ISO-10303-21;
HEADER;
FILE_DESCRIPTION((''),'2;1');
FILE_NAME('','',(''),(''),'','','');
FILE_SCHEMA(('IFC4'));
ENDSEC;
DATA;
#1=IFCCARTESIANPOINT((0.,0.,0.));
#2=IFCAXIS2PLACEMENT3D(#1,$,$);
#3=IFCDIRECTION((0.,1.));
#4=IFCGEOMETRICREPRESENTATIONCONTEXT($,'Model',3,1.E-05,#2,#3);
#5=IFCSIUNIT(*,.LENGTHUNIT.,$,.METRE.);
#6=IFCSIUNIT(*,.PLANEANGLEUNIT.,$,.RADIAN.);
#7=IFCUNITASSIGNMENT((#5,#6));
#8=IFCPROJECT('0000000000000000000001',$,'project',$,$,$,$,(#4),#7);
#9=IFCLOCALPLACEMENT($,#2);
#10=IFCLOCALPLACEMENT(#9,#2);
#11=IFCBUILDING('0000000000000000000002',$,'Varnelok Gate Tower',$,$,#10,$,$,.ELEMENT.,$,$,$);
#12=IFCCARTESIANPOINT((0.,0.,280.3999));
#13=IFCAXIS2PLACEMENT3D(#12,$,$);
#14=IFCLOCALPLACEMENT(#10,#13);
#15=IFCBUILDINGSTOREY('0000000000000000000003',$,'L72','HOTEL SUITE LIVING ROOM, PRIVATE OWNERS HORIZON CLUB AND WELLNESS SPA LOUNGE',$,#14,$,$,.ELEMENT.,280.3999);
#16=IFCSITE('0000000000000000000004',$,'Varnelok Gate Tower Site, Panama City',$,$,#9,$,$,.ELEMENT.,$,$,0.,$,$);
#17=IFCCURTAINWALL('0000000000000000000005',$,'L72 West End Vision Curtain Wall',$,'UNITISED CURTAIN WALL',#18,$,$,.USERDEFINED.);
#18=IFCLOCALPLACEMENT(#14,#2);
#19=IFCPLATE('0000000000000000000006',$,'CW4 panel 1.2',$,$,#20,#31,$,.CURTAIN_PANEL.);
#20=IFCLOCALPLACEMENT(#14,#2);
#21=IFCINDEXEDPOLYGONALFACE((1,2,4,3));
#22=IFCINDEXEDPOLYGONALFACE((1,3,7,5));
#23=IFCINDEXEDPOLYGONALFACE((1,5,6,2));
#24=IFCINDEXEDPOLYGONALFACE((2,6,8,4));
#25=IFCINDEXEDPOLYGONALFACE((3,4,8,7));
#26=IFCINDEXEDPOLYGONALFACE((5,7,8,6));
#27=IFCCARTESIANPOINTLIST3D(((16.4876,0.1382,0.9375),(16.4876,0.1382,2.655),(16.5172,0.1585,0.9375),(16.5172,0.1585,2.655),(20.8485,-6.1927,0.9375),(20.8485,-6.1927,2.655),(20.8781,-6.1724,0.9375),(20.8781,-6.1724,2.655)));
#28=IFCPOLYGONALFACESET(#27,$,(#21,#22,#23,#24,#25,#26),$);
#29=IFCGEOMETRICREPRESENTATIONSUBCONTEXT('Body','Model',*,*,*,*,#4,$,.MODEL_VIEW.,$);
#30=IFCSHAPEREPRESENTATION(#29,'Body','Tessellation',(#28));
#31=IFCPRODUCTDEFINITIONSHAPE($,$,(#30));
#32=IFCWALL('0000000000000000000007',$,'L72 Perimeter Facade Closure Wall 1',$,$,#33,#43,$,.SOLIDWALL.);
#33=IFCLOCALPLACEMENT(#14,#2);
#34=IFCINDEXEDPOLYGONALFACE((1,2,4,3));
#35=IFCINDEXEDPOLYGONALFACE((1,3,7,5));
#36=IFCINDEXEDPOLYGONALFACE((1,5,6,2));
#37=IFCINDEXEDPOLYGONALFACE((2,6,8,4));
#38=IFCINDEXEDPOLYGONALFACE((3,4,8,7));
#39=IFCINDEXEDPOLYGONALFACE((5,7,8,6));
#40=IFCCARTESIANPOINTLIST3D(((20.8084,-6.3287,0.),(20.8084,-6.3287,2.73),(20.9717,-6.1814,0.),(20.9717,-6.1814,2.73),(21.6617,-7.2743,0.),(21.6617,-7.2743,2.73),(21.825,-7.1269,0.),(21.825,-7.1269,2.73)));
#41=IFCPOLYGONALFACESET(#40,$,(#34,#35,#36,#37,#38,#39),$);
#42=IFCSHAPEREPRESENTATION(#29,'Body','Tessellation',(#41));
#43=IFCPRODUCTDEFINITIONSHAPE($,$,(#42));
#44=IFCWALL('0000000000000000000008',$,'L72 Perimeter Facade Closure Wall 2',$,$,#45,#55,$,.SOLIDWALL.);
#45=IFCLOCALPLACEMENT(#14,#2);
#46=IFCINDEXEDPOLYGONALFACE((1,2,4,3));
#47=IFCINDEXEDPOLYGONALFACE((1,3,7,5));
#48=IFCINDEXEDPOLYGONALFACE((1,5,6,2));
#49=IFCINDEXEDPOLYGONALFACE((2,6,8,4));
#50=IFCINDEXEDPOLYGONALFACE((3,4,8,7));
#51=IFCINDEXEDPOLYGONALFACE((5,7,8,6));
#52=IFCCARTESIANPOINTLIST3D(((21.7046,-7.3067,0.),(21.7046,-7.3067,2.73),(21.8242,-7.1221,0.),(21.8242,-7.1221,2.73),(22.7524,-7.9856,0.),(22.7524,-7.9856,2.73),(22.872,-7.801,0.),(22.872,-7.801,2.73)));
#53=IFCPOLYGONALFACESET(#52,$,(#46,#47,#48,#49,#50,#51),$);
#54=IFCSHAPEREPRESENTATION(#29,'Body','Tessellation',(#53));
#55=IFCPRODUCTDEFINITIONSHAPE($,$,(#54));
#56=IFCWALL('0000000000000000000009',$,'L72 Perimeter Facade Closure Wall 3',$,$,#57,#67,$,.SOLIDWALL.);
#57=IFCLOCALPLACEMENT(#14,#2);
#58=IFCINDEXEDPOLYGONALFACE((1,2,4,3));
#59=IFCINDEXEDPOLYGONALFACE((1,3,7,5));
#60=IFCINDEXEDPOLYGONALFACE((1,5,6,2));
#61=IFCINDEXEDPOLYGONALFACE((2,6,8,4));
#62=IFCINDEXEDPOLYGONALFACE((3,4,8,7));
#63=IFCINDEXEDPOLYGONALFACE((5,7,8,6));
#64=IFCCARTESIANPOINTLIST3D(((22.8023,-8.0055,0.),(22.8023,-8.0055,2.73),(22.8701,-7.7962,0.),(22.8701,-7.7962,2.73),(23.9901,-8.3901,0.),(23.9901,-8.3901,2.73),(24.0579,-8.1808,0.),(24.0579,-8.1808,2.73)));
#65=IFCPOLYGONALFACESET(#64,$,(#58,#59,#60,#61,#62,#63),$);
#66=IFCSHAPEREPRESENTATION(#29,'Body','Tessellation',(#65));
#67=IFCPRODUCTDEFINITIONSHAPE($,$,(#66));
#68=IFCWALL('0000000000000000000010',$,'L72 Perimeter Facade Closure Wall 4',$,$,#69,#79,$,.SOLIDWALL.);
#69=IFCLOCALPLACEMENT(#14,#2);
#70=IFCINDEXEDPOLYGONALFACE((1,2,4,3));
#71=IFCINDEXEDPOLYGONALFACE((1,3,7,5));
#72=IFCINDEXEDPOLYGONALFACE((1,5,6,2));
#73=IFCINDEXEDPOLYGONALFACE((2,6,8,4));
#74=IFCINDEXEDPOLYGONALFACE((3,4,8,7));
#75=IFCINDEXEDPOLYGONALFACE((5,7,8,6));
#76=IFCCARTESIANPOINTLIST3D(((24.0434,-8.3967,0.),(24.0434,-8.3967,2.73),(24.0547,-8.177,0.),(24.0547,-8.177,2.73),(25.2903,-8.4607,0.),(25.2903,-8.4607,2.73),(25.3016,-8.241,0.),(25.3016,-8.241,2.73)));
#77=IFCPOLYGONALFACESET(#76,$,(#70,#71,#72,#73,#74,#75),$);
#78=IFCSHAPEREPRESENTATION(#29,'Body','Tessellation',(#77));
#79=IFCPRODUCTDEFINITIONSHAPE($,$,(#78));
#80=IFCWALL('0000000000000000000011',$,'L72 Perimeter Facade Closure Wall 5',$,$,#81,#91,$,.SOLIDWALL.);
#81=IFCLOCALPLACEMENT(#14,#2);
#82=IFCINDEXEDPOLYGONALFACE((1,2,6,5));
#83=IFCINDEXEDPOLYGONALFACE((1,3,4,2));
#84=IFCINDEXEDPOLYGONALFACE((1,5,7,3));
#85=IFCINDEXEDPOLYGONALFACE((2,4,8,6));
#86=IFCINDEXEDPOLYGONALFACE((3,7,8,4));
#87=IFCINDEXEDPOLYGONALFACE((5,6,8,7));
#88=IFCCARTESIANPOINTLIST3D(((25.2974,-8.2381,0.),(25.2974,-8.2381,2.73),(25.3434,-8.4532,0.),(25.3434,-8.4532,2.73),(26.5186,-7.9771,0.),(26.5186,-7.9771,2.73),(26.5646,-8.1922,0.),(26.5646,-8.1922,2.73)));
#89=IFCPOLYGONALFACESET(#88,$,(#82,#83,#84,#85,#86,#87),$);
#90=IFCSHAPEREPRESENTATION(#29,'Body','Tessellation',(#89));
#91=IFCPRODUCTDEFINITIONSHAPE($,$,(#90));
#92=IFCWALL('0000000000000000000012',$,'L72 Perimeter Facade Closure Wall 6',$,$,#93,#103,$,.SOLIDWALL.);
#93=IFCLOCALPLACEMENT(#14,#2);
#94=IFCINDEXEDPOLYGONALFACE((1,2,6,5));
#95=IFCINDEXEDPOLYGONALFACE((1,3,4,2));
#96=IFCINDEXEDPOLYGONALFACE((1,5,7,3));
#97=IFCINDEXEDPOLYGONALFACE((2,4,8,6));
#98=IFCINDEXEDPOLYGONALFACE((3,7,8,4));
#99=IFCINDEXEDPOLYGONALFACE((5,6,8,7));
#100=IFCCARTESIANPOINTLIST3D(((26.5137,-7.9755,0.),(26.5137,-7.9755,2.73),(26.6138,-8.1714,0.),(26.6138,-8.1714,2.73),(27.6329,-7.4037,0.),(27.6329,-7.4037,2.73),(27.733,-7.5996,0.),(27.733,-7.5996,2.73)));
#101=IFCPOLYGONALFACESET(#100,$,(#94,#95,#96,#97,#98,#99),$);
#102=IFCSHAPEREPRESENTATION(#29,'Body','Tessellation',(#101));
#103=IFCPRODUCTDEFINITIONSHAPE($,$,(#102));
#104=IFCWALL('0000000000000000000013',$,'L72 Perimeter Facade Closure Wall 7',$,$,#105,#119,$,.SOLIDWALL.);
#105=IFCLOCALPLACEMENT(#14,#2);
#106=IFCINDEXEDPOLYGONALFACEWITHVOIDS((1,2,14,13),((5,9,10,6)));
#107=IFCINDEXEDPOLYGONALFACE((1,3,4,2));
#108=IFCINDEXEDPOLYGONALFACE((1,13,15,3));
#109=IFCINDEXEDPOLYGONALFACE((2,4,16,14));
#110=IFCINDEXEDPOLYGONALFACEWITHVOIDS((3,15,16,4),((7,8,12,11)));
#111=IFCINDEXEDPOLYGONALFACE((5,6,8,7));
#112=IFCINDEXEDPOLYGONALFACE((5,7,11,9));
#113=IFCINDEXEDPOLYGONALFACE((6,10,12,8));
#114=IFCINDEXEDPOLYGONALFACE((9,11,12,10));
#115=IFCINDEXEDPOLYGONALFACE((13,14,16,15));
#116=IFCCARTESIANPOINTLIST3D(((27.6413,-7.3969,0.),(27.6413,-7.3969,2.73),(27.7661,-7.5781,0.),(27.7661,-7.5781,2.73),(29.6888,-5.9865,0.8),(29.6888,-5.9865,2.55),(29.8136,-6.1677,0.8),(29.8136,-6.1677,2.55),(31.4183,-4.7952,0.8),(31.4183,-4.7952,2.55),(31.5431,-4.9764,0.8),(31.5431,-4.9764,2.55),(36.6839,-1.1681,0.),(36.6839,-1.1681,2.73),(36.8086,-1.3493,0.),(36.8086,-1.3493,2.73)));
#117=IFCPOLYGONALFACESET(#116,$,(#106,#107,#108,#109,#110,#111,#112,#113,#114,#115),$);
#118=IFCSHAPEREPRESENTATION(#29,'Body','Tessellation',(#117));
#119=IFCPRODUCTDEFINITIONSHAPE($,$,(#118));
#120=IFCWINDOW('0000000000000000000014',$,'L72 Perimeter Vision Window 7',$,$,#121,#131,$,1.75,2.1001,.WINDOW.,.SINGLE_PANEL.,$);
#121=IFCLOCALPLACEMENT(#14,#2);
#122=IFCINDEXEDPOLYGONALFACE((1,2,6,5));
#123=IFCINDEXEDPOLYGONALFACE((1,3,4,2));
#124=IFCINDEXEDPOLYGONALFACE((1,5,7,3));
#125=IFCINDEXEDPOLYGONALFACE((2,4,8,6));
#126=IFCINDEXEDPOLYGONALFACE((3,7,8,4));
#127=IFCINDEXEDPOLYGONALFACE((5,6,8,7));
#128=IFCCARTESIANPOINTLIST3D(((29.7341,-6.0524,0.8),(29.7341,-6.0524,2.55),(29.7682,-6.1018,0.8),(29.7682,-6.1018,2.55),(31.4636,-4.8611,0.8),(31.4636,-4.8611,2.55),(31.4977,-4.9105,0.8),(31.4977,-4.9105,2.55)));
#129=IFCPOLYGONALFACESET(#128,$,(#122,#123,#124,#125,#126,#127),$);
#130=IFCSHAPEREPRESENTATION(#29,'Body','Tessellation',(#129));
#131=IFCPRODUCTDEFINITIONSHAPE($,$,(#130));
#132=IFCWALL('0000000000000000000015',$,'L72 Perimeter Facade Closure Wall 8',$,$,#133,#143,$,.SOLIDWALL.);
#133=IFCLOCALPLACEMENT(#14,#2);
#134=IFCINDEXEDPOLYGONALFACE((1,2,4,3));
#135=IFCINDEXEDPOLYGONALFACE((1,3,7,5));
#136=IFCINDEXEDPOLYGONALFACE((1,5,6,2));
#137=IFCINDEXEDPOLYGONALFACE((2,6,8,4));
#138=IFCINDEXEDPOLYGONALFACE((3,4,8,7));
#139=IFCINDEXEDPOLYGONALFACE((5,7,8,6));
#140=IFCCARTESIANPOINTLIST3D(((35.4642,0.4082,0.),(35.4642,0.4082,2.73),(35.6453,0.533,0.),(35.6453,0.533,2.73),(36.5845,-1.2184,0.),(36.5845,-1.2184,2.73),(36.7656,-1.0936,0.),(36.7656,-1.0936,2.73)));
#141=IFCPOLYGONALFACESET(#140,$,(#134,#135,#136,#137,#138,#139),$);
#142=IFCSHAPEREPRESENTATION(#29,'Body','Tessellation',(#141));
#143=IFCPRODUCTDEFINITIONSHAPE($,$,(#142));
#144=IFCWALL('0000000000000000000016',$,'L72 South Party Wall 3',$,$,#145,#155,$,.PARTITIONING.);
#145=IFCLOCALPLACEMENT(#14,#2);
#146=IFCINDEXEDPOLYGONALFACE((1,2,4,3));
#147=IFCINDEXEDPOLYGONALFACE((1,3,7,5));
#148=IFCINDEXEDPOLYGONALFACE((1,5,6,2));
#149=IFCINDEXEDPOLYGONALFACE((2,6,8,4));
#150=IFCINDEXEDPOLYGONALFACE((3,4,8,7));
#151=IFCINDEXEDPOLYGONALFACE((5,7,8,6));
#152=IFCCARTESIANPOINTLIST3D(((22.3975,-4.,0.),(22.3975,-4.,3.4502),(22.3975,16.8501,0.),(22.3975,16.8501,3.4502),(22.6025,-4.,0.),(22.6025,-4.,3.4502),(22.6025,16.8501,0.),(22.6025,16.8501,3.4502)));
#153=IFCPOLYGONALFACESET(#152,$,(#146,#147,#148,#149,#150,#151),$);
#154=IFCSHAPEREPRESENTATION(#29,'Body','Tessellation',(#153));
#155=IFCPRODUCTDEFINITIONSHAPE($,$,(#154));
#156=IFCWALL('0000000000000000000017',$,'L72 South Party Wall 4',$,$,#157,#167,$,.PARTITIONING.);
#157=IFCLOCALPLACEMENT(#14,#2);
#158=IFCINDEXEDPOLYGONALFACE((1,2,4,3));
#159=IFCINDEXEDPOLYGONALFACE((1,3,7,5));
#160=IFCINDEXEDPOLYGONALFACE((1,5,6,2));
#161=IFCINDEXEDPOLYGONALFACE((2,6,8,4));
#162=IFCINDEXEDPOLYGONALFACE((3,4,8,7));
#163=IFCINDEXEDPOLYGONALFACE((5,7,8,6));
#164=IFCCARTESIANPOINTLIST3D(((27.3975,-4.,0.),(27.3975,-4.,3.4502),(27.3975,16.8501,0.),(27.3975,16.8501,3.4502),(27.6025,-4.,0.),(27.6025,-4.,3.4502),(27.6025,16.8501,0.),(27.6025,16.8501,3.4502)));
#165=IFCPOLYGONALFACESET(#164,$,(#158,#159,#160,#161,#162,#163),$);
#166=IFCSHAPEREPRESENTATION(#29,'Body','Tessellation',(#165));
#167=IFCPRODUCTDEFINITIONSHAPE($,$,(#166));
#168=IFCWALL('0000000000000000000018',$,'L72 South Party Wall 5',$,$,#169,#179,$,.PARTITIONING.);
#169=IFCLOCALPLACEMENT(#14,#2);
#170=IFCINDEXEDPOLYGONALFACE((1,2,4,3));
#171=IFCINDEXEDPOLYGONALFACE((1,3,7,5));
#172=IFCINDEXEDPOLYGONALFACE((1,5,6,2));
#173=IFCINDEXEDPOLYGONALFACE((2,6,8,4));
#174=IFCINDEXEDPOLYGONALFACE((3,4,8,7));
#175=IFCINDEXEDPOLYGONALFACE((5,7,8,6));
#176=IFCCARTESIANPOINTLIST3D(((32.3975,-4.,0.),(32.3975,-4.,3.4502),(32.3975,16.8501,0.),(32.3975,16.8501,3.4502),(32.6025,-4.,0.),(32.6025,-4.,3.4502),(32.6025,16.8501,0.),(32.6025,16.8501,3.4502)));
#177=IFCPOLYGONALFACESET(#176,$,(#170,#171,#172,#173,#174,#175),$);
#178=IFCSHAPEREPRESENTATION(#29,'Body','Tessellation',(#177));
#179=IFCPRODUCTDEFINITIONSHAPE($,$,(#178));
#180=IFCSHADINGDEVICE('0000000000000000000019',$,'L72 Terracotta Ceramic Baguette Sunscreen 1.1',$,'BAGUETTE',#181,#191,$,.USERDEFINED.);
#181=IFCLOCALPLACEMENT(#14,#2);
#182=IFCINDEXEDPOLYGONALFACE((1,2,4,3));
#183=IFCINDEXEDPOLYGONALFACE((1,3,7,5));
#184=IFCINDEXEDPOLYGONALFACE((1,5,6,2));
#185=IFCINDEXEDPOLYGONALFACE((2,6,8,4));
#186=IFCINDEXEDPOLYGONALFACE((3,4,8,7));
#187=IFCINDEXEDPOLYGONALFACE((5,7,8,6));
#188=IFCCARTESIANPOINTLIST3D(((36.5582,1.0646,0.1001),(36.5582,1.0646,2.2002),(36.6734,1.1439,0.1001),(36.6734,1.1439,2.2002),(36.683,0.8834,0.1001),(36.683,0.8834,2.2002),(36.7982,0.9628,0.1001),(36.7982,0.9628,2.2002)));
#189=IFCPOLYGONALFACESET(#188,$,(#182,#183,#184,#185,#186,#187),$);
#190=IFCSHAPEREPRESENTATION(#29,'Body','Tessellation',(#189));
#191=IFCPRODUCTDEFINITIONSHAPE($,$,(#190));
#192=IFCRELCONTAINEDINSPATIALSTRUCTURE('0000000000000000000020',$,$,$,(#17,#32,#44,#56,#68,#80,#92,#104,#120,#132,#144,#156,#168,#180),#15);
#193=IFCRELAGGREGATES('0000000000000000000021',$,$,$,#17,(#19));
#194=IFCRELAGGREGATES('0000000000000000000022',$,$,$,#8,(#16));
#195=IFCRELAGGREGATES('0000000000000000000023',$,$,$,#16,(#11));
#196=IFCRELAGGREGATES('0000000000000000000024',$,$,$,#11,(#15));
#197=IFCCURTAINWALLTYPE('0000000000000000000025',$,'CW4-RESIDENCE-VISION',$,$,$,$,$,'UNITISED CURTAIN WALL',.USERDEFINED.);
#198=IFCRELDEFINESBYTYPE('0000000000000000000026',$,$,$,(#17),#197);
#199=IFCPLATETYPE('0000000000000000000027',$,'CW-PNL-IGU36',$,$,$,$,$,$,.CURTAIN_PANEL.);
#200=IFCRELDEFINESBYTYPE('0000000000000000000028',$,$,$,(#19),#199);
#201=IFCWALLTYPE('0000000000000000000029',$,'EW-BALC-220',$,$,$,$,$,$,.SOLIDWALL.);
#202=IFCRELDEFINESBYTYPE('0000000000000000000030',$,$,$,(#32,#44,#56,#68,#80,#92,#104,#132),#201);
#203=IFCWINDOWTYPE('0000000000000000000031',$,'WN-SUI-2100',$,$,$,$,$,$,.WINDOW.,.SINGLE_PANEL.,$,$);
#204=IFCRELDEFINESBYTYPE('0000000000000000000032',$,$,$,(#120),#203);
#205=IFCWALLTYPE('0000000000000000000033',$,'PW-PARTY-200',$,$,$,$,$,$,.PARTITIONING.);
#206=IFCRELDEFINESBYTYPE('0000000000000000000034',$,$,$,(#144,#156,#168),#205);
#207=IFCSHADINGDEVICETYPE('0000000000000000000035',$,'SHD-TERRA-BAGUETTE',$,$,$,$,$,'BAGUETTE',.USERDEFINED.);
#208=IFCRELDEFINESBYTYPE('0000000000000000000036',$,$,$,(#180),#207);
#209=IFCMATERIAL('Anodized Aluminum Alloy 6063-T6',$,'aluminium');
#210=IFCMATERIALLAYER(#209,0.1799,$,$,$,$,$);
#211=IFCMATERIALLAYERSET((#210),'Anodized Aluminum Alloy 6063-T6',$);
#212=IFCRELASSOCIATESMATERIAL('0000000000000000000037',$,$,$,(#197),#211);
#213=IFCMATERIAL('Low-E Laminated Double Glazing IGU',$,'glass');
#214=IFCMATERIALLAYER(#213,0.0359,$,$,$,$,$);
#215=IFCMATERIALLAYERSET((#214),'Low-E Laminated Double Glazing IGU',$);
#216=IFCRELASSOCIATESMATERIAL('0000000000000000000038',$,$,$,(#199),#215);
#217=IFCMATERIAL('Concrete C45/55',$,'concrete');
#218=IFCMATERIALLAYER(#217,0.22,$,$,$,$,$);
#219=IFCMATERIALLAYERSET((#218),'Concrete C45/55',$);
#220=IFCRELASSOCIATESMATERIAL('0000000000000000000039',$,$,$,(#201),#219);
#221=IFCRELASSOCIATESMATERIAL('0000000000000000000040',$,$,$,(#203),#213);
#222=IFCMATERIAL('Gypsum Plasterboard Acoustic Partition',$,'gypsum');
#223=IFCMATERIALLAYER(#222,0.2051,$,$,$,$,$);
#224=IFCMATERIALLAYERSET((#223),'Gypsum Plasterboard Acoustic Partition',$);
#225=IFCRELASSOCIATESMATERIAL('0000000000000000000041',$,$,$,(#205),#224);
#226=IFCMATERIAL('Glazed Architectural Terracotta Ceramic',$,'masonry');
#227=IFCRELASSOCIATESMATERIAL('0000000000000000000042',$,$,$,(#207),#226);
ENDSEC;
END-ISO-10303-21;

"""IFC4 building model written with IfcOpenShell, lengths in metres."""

from ifc_helpers import new_model, si_unit, direction, frame, frame_2d, origin, origin_2d, place, context, subcontext, project, spatial, rectangle, extrude, source, transform, mapped, material, layer, layer_set, type_object, element, fill, aggregate, save


model = new_model("IFC4")

# Units and contexts
model_context = context("Model", 3, precision=1e-05, world=origin(), true_north=direction((0.0, 1.0)))
body_context = subcontext(model_context, "Body", "Model", "MODEL_VIEW")
ifc_project = project(units=[si_unit("LENGTHUNIT", "METRE"), si_unit("PLANEANGLEUNIT", "RADIAN")], contexts=[model_context])

# Site, building, storey
site_placement = place(None, origin())
site = spatial("IfcSite", under=ifc_project, at=site_placement, Name="Varnelok Gate Tower Site, Panama City", CompositionType="ELEMENT", RefElevation=0.0)
building_placement = place(site_placement, origin())
building = spatial("IfcBuilding", under=site, at=building_placement, Name="Varnelok Gate Tower", CompositionType="ELEMENT")
storey_placement = place(building_placement, frame((0.0, 0.0, 280.3999)))
storey = spatial("IfcBuildingStorey", under=building, at=storey_placement, Name="L72", Description="HOTEL SUITE LIVING ROOM, PRIVATE OWNERS HORIZON CLUB AND WELLNESS SPA LOUNGE", CompositionType="ELEMENT", Elevation=280.3999)

# Curtain wall, plate
ifc_material_1 = material(Name="Anodized Aluminum Alloy 6063-T6", Category="aluminium")
ifc_layer_1 = layer(ifc_material_1, 0.1799)
ifc_layer_set_1 = layer_set([ifc_layer_1], Name="Anodized Aluminum Alloy 6063-T6")
curtain_wall_type = type_object("IfcCurtainWallType", Name="CW4-RESIDENCE-VISION", ElementType="UNITISED CURTAIN WALL", PredefinedType="USERDEFINED", material=ifc_layer_set_1)
curtain_wall_placement = place(storey_placement, origin())
curtain_wall = element("IfcCurtainWall", 1, at=curtain_wall_placement, inside=storey, type_object=curtain_wall_type, Name="L72 West End Vision Curtain Wall", ObjectType="UNITISED CURTAIN WALL", PredefinedType="USERDEFINED")
ifc_material_2 = material(Name="Low-E Laminated Double Glazing IGU", Category="glass")
ifc_layer_2 = layer(ifc_material_2, 0.0359)
ifc_layer_set_2 = layer_set([ifc_layer_2], Name="Low-E Laminated Double Glazing IGU")
plate_type = type_object("IfcPlateType", Name="CW-PNL-IGU36", PredefinedType="CURTAIN_PANEL", material=ifc_layer_set_2)
shared_shape_1 = source(origin(), body_context, "Body", "SweptSolid", [
    extrude(rectangle(XDim=7.6875, YDim=0.0359, at=origin_2d()), origin(), (0.0, 0.0, 1.0), 1.7175),
])
plate_1_placement = place(storey_placement, frame((18.6829, -3.0171, 0.9375), z_axis=(0.0, 0.0, 1.0), x_axis=(-0.567269, 0.823532, 0.0)))
plate_1 = element("IfcPlate", 2, at=plate_1_placement, type_object=plate_type, Name="CW4 panel 1.2", PredefinedType="CURTAIN_PANEL", context=body_context, shape_type="MappedRepresentation", body=[
    mapped(shared_shape_1, transform((0.0, 0.0, 0.0), scale=1.0)),
])
aggregate(curtain_wall, [plate_1])

# Walls
ifc_material_3 = material(Name="Concrete C45/55", Category="concrete")
ifc_layer_3 = layer(ifc_material_3, 0.22)
ifc_layer_set_3 = layer_set([ifc_layer_3], Name="Concrete C45/55")
wall_type_1 = type_object("IfcWallType", Name="EW-BALC-220", PredefinedType="SOLIDWALL", material=ifc_layer_set_3)
wall_1_placement = place(storey_placement, frame((20.8901, -6.2551, 0.0), z_axis=(0.0, 0.0, 1.0), x_axis=(0.669949, -0.742407, 0.0)))
element("IfcWall", 3, at=wall_1_placement, inside=storey, type_object=wall_type_1, Name="L72 Perimeter Facade Closure Wall 1", PredefinedType="SOLIDWALL", context=body_context, shape_type="SweptSolid", body=[
    extrude(rectangle(XDim=1.2737, YDim=0.22, at=frame_2d((0.6367, 0.0))), origin(), (0.0, 0.0, 1.0), 2.73),
])
for number, where, z_axis, x_axis, name in (
    (4, (21.7644, -7.2144, 0.0), (0.0, 0.0, 1.0), (0.839229, -0.543778, 0.0), "L72 Perimeter Facade Closure Wall 2"),
    (5, (22.8362, -7.9009, 0.0), (0.0, 0.0, 1.0), (0.951386, -0.308003, 0.0), "L72 Perimeter Facade Closure Wall 3"),
    (6, (24.0491, -8.2869, 0.0), (0.0, 0.0, 1.0), (0.998687, -0.051235, 0.0), "L72 Perimeter Facade Closure Wall 4"),
):
    element("IfcWall", number, at=place(storey_placement, frame(where, z_axis=z_axis, x_axis=x_axis)), inside=storey, type_object=wall_type_1, Name=name, PredefinedType="SOLIDWALL", context=body_context, shape_type="SweptSolid", body=[
        extrude(rectangle(XDim=1.2485, YDim=0.22, at=frame_2d((0.6243, 0.0))), origin(), (0.0, 0.0, 1.0), 2.73),
    ])
wall_2_placement = place(storey_placement, frame((25.3203, -8.3457, 0.0), z_axis=(0.0, 0.0, 1.0), x_axis=(0.977917, 0.208995, 0.0)))
element("IfcWall", 7, at=wall_2_placement, inside=storey, type_object=wall_type_1, Name="L72 Perimeter Facade Closure Wall 5", PredefinedType="SOLIDWALL", context=body_context, shape_type="SweptSolid", body=[
    extrude(rectangle(XDim=1.2488, YDim=0.22, at=frame_2d((0.6245, 0.0))), origin(), (0.0, 0.0, 1.0), 2.73),
])
wall_3_placement = place(storey_placement, frame((26.5637, -8.0735, 0.0), z_axis=(0.0, 0.0, 1.0), x_axis=(0.890508, 0.454967, 0.0)))
element("IfcWall", 8, at=wall_3_placement, inside=storey, type_object=wall_type_1, Name="L72 Perimeter Facade Closure Wall 6", PredefinedType="SOLIDWALL", context=body_context, shape_type="SweptSolid", body=[
    extrude(rectangle(XDim=1.2568, YDim=0.22, at=frame_2d((0.6284, 0.0))), origin(), (0.0, 0.0, 1.0), 2.73),
])

# Wall, opening, window
wall_4_placement = place(storey_placement, frame((27.7036, -7.4875, 0.0), z_axis=(0.0, 0.0, 1.0), x_axis=(0.823529, 0.567274, 0.0)))
wall_4 = element("IfcWall", 9, at=wall_4_placement, inside=storey, type_object=wall_type_1, Name="L72 Perimeter Facade Closure Wall 7", PredefinedType="SOLIDWALL", context=body_context, shape_type="SweptSolid", body=[
    extrude(rectangle(XDim=10.9802, YDim=0.22, at=frame_2d((5.4902, 0.0))), origin(), (0.0, 0.0, 1.0), 2.73),
])
opening_placement = place(wall_4_placement, frame((2.4863, 0.0, 0.8)))
opening = element("IfcOpeningElement", 10, at=opening_placement, cuts=wall_4, PredefinedType="OPENING", context=body_context, shape_type="SweptSolid", body=[
    extrude(rectangle(XDim=2.1001, YDim=1.75, at=frame_2d((1.05, 0.875))), frame((0.0, 0.1199, 0.0), z_axis=(0.0, -1.0, 0.0), x_axis=(1.0, 0.0, 0.0)), (0.0, 0.0, 1.0), 0.24),
])
window_type = type_object("IfcWindowType", Name="WN-SUI-2100", PartitioningType="SINGLE_PANEL", PredefinedType="WINDOW", material=ifc_material_2)
window_placement = place(opening_placement, origin())
window = element("IfcWindow", 11, at=window_placement, inside=storey, type_object=window_type, Name="L72 Perimeter Vision Window 7", OverallHeight=1.75, OverallWidth=2.1001, PartitioningType="SINGLE_PANEL", PredefinedType="WINDOW", context=body_context, shape_type="SweptSolid", body=[
    extrude(rectangle(XDim=2.1001, YDim=1.75, at=frame_2d((1.05, 0.875))), frame((0.0, 0.03, 0.0), z_axis=(0.0, -1.0, 0.0), x_axis=(1.0, 0.0, 0.0)), (0.0, 0.0, 1.0), 0.0601),
])
fill(opening, window)

# Walls
wall_5_placement = place(storey_placement, frame((36.675, -1.156, 0.0), z_axis=(0.0, 0.0, 1.0), x_axis=(-0.567216, 0.823569, 0.0)))
element("IfcWall", 12, at=wall_5_placement, inside=storey, type_object=wall_type_1, Name="L72 Perimeter Facade Closure Wall 8", PredefinedType="SOLIDWALL", context=body_context, shape_type="SweptSolid", body=[
    extrude(rectangle(XDim=1.9751, YDim=0.22, at=frame_2d((0.9875, 0.0))), origin(), (0.0, 0.0, 1.0), 2.73),
])
ifc_material_4 = material(Name="Gypsum Plasterboard Acoustic Partition", Category="gypsum")
ifc_layer_4 = layer(ifc_material_4, 0.2051)
ifc_layer_set_4 = layer_set([ifc_layer_4], Name="Gypsum Plasterboard Acoustic Partition")
wall_type_2 = type_object("IfcWallType", Name="PW-PARTY-200", PredefinedType="PARTITIONING", material=ifc_layer_set_4)
for number, where, z_axis, x_axis, name in (
    (13, (22.5, -4.0, 0.0), (0.0, 0.0, 1.0), (0.0, 1.0, 0.0), "L72 South Party Wall 3"),
    (14, (27.5, -4.0, 0.0), (0.0, 0.0, 1.0), (0.0, 1.0, 0.0), "L72 South Party Wall 4"),
    (15, (32.5, -4.0, 0.0), (0.0, 0.0, 1.0), (0.0, 1.0, 0.0), "L72 South Party Wall 5"),
):
    element("IfcWall", number, at=place(storey_placement, frame(where, z_axis=z_axis, x_axis=x_axis)), inside=storey, type_object=wall_type_2, Name=name, PredefinedType="PARTITIONING", context=body_context, shape_type="SweptSolid", body=[
        extrude(rectangle(XDim=20.8501, YDim=0.2051, at=frame_2d((10.425, 0.0))), origin(), (0.0, 0.0, 1.0), 3.4502),
    ])

# Shading device
ifc_material_5 = material(Name="Glazed Architectural Terracotta Ceramic", Category="masonry")
shading_device_type = type_object("IfcShadingDeviceType", Name="SHD-TERRA-BAGUETTE", ElementType="BAGUETTE", PredefinedType="USERDEFINED", material=ifc_material_5)
shared_shape_2 = source(origin(), body_context, "Body", "SweptSolid", [
    extrude(rectangle(XDim=0.1399, YDim=0.22, at=origin_2d()), origin(), (0.0, 0.0, 1.0), 2.1001),
])
shading_device_placement = place(storey_placement, frame((36.6782, 1.0137, 0.1001), z_axis=(0.0, 0.0, 1.0), x_axis=(0.823533, 0.567269, 0.0)))
element("IfcShadingDevice", 16, at=shading_device_placement, inside=storey, type_object=shading_device_type, Name="L72 Terracotta Ceramic Baguette Sunscreen 1.1", ObjectType="BAGUETTE", PredefinedType="USERDEFINED", context=body_context, shape_type="MappedRepresentation", body=[
    mapped(shared_shape_2, transform((0.0, 0.0, 0.0), scale=1.0)),
])

save(model, "model.ifc")
